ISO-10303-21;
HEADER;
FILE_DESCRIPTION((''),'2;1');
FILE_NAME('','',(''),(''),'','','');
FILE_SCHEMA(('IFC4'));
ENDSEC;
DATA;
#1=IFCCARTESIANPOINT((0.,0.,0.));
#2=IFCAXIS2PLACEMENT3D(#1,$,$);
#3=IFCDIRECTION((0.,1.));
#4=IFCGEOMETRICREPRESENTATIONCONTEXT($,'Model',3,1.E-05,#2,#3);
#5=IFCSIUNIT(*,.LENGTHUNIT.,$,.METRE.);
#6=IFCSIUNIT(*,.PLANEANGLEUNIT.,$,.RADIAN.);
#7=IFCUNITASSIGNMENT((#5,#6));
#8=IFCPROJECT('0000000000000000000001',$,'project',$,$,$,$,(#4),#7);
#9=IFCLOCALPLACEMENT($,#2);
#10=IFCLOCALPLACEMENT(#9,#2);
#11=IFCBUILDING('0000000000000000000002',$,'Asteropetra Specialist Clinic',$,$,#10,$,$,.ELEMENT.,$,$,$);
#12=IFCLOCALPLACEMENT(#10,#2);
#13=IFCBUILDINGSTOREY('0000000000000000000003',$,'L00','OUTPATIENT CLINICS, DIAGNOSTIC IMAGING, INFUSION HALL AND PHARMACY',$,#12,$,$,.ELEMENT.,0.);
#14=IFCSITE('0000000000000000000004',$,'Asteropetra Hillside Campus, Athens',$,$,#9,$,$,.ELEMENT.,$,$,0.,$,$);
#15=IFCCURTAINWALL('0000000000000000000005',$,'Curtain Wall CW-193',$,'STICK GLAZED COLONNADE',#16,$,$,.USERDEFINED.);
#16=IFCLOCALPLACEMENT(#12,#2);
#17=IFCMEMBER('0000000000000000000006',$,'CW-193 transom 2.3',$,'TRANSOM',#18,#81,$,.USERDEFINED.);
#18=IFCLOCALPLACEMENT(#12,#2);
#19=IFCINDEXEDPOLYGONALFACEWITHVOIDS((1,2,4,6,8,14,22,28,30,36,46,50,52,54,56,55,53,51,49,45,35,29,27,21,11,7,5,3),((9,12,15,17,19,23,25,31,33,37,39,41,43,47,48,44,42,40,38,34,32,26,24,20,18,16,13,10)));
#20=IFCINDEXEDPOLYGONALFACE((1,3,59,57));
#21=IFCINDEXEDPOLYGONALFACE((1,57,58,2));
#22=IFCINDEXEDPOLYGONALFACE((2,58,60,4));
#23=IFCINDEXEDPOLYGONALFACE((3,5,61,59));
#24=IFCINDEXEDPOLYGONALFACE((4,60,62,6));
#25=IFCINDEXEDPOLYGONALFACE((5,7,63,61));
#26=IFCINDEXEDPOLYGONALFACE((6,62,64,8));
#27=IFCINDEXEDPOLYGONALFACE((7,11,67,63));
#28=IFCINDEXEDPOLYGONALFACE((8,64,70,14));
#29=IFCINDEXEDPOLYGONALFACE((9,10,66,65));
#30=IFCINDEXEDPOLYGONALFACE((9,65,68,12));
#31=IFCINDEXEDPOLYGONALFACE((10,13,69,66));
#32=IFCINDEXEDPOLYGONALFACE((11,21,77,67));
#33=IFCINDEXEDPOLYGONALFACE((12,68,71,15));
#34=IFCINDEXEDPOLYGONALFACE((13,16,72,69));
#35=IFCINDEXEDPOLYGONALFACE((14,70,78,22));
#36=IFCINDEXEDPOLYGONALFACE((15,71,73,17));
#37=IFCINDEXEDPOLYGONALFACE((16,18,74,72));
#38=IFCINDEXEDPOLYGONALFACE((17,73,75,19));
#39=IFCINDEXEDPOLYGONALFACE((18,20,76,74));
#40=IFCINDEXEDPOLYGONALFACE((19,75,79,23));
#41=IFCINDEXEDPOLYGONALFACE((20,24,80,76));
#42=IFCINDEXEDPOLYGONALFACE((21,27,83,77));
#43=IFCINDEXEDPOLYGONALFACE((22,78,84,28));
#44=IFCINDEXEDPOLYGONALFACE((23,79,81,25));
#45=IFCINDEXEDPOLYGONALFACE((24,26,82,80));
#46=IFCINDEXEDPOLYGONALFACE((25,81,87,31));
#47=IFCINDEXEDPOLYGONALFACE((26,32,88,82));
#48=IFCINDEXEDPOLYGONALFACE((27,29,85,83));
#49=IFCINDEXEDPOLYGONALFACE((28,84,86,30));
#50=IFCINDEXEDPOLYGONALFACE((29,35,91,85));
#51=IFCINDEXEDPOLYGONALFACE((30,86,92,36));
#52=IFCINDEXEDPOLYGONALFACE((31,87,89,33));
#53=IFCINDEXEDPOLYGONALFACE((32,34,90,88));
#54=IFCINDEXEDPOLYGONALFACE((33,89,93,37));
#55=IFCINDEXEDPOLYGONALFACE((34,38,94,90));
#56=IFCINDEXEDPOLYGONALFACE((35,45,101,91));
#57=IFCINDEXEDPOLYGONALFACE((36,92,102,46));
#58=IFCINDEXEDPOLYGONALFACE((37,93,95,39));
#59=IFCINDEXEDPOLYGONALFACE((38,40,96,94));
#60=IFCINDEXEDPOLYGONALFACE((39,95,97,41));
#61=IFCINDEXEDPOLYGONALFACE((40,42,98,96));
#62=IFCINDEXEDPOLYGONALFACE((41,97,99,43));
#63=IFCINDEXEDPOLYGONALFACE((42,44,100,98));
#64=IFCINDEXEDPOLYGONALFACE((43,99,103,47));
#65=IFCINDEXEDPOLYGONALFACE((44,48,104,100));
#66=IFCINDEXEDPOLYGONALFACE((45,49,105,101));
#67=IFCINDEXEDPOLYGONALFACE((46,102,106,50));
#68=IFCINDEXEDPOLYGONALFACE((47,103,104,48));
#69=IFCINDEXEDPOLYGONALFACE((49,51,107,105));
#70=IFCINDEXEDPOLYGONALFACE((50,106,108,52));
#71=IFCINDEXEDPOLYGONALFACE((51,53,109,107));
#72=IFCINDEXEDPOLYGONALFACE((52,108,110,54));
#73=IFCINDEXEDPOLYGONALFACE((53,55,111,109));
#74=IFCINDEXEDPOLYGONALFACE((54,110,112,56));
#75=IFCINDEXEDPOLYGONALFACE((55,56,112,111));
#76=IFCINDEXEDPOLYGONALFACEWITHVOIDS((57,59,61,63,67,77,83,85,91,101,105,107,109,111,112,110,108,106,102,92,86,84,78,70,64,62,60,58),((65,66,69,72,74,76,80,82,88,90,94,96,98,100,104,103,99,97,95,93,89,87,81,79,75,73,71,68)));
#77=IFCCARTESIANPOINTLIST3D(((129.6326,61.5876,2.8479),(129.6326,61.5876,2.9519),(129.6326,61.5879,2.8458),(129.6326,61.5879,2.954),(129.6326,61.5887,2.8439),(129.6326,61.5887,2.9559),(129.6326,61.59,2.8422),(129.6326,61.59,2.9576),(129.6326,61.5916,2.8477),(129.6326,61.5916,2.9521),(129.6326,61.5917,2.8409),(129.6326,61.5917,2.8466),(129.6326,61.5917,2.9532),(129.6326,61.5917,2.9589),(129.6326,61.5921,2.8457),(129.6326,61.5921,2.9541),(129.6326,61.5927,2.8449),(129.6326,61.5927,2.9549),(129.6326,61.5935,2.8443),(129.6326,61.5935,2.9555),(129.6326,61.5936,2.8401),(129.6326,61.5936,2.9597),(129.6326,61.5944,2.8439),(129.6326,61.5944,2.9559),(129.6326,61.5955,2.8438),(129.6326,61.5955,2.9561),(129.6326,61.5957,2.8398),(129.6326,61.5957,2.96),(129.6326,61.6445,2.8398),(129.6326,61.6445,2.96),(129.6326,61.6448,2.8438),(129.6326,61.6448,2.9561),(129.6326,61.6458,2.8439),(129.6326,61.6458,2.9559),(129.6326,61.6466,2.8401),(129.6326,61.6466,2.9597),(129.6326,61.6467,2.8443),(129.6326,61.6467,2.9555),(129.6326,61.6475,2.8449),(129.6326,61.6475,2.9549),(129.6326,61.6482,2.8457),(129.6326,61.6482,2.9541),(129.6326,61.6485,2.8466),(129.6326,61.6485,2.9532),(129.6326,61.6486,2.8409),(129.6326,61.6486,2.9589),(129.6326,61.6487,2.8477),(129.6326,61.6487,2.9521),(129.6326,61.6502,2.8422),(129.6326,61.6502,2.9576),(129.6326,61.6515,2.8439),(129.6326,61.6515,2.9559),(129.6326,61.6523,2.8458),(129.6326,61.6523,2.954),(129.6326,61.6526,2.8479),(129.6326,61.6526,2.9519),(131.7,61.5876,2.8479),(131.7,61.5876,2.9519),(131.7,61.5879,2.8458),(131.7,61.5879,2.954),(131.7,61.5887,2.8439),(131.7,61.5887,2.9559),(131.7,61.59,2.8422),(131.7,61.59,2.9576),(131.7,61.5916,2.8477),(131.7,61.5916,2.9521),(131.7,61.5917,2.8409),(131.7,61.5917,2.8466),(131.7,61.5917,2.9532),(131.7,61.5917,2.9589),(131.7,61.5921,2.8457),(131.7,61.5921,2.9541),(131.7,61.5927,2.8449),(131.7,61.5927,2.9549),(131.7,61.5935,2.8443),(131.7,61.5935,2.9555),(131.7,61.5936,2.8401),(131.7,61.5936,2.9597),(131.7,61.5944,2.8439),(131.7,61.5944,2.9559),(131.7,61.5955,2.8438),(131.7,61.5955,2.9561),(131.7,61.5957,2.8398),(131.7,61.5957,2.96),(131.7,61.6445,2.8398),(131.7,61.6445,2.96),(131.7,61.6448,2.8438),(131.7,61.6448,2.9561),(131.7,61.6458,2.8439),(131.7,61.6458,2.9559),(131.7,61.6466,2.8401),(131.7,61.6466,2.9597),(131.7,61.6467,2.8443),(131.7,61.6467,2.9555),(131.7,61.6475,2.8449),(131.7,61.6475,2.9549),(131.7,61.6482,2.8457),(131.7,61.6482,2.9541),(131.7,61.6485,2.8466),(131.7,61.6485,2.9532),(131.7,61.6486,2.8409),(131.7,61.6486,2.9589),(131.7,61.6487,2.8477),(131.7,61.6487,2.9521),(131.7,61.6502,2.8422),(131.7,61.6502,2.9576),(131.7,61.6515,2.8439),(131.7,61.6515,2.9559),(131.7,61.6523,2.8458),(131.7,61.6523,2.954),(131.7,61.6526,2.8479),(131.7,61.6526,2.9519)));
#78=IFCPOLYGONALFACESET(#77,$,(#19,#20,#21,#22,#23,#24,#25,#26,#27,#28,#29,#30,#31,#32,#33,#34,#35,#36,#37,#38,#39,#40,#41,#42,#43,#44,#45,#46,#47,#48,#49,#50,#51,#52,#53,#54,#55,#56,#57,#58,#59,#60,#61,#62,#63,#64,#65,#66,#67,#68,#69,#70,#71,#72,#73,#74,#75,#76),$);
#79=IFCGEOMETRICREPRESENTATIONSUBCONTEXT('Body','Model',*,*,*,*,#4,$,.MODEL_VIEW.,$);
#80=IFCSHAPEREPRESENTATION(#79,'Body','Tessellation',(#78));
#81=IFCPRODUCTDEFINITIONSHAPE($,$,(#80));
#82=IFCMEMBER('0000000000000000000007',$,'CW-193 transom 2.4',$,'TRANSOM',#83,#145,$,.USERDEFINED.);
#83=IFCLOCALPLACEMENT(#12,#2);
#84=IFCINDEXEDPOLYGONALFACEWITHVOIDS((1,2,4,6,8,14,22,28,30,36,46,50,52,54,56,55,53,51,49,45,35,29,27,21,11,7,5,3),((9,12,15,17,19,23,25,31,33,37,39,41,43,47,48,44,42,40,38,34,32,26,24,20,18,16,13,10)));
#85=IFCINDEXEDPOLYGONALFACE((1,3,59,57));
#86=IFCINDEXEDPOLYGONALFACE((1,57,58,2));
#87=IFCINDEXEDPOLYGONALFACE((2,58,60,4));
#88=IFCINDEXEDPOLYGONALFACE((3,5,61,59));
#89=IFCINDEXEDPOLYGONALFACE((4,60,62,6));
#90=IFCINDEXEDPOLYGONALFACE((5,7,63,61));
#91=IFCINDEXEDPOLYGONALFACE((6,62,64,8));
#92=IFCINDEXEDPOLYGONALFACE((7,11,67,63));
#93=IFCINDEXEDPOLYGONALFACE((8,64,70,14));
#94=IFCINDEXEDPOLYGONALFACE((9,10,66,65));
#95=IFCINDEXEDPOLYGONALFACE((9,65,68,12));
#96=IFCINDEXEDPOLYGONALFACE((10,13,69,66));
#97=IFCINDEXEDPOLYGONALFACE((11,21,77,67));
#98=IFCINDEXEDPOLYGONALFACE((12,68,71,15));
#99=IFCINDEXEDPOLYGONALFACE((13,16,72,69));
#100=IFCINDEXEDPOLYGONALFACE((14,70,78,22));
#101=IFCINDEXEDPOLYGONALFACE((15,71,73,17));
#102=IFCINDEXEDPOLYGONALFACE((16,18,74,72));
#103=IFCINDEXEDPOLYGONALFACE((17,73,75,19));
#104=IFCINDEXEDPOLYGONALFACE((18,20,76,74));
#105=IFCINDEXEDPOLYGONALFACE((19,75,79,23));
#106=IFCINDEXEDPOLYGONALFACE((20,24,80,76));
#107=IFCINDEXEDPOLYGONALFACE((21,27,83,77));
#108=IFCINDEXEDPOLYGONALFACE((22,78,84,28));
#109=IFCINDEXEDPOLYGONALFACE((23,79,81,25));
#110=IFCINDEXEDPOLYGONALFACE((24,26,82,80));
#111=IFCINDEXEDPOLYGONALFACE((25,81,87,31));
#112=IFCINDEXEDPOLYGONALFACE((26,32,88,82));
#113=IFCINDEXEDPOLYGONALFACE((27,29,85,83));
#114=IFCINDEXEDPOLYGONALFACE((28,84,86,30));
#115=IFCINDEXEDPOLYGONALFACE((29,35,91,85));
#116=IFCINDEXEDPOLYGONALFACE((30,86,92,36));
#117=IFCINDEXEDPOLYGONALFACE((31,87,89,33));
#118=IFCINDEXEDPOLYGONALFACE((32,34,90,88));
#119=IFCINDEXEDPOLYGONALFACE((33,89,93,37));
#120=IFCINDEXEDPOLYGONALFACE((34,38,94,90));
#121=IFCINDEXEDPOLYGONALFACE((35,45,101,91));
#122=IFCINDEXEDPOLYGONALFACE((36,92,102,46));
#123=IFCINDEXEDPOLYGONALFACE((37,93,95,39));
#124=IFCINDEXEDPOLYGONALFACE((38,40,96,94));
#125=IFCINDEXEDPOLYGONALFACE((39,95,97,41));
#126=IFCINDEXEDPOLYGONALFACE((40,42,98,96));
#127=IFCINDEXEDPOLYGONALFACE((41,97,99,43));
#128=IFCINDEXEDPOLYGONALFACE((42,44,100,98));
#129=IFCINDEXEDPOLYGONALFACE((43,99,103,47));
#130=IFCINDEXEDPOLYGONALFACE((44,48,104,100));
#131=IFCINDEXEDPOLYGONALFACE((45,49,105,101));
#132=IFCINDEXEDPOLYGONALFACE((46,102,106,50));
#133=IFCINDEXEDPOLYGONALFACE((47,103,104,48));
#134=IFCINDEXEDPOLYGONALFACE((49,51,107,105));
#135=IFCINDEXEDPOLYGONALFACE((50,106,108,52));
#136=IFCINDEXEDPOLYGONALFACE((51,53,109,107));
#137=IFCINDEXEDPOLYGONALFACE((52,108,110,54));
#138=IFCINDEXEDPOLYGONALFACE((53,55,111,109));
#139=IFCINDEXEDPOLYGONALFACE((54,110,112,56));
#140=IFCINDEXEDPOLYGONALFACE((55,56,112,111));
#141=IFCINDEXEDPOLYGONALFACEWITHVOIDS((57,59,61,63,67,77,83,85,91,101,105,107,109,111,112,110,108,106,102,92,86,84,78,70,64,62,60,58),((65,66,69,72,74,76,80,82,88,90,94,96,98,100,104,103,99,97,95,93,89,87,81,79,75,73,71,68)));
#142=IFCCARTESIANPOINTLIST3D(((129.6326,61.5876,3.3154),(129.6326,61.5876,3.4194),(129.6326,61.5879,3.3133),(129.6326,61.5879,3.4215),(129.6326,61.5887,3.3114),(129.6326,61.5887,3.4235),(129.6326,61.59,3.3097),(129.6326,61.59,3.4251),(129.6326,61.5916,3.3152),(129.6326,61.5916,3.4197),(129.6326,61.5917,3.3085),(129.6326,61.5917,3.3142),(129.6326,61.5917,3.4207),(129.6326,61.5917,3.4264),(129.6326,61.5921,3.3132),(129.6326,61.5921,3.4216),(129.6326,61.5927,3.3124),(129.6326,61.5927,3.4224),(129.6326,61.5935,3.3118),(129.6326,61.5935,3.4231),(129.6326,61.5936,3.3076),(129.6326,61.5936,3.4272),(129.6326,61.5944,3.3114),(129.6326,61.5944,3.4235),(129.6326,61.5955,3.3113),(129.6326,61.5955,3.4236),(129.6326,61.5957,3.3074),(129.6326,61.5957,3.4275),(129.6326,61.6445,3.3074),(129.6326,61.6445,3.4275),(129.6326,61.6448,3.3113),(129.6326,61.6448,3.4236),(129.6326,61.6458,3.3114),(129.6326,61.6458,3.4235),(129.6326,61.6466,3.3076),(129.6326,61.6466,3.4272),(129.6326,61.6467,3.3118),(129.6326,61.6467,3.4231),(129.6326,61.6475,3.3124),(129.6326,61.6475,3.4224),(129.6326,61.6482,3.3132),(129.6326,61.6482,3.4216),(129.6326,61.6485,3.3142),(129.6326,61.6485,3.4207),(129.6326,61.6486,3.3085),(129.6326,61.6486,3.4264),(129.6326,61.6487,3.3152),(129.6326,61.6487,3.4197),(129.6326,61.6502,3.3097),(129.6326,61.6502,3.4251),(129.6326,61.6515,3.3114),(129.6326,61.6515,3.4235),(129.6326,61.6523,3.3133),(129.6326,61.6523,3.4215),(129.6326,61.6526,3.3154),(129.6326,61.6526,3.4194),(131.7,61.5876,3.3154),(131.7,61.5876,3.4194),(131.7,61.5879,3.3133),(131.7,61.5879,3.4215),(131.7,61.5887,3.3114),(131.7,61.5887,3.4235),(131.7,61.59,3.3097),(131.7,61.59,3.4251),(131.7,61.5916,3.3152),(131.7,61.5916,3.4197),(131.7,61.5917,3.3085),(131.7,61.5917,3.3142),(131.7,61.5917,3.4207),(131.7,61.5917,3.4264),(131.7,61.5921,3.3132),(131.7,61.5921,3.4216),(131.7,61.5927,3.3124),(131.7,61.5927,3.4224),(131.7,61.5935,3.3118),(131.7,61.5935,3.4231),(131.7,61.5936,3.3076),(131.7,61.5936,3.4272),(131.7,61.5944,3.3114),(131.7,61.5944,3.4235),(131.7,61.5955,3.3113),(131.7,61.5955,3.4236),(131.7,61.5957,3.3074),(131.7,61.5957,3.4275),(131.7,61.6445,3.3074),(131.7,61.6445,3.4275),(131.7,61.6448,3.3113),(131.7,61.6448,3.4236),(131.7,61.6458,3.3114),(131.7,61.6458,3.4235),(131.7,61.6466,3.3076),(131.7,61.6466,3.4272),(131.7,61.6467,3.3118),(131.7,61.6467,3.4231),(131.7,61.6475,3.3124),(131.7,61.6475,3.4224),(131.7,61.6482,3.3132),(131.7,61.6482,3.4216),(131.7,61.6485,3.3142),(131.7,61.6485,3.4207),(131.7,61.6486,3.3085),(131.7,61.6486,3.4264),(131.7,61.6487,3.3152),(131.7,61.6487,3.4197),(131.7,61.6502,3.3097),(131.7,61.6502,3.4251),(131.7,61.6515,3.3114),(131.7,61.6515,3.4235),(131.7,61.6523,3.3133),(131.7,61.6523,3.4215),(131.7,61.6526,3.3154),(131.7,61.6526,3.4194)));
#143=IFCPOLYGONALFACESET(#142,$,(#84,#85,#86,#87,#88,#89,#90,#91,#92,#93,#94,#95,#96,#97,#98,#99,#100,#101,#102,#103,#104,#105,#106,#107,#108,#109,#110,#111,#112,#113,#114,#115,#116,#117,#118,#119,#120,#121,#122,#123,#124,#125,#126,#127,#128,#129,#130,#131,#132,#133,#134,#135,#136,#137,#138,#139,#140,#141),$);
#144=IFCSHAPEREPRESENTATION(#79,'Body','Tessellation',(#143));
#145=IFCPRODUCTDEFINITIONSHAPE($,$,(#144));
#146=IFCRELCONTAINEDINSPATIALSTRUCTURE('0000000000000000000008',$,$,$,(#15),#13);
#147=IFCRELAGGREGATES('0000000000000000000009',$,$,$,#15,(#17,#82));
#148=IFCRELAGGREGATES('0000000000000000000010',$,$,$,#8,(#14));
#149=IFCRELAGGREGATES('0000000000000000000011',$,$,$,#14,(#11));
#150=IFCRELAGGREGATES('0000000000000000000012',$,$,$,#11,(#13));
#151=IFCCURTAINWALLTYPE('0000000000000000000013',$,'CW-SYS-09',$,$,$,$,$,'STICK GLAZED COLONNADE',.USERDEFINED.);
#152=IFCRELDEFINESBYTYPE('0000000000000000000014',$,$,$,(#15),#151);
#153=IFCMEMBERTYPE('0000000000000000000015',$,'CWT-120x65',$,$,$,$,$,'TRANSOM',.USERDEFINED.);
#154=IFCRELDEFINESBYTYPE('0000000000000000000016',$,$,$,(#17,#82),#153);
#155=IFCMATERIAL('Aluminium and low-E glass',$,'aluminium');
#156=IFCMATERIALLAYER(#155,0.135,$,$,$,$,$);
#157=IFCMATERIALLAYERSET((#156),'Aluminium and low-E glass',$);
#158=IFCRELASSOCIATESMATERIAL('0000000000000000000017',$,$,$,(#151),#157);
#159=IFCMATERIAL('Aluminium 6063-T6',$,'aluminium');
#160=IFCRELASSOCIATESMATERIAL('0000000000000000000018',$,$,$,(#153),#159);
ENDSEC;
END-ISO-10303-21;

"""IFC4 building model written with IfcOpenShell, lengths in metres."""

from ifc_helpers import new_model, si_unit, direction, frame, origin, origin_2d, place, context, subcontext, project, spatial, hollow_rectangle, extrude, material, layer, layer_set, material_profile, profile_set, type_object, element, aggregate, save


model = new_model("IFC4")

# Units and contexts
model_context = context("Model", 3, precision=1e-05, world=origin(), true_north=direction((0.0, 1.0)))
body_context = subcontext(model_context, "Body", "Model", "MODEL_VIEW")
ifc_project = project(units=[si_unit("LENGTHUNIT", "METRE"), si_unit("PLANEANGLEUNIT", "RADIAN")], contexts=[model_context])

# Site, building, storey
site_placement = place(None, origin())
site = spatial("IfcSite", under=ifc_project, at=site_placement, Name="Asteropetra Hillside Campus, Athens", CompositionType="ELEMENT", RefElevation=0.0)
building_placement = place(site_placement, origin())
building = spatial("IfcBuilding", under=site, at=building_placement, Name="Asteropetra Specialist Clinic", CompositionType="ELEMENT")
storey_placement = place(building_placement, origin())
storey = spatial("IfcBuildingStorey", under=building, at=storey_placement, Name="L00", Description="OUTPATIENT CLINICS, DIAGNOSTIC IMAGING, INFUSION HALL AND PHARMACY", CompositionType="ELEMENT", Elevation=0.0)

# Curtain wall, members
ifc_material_1 = material(Name="Aluminium and low-E glass", Category="aluminium")
ifc_layer_1 = layer(ifc_material_1, 0.135)
ifc_layer_set_1 = layer_set([ifc_layer_1], Name="Aluminium and low-E glass")
curtain_wall_type = type_object("IfcCurtainWallType", Name="CW-SYS-09", ElementType="STICK GLAZED COLONNADE", PredefinedType="USERDEFINED", material=ifc_layer_set_1)
curtain_wall_placement = place(storey_placement, origin())
curtain_wall = element("IfcCurtainWall", 1, at=curtain_wall_placement, inside=storey, type_object=curtain_wall_type, Name="Curtain Wall CW-193", ObjectType="STICK GLAZED COLONNADE", PredefinedType="USERDEFINED")
ifc_material_2 = material(Name="Aluminium 6063-T6", Category="aluminium")
ifc_material_profile_1 = material_profile(ifc_material_2, hollow_rectangle(XDim=0.0649, YDim=0.1201, WallThickness=0.0039, InnerFilletRadius=0.0039, OuterFilletRadius=0.0081, at=origin_2d()), Name="TRN 120x65x4.0")
ifc_profile_set_1 = profile_set([ifc_material_profile_1], Name="Aluminium 6063-T6")
member_type_1 = type_object("IfcMemberType", Name="CWT-120x65", ElementType="TRANSOM", PredefinedType="USERDEFINED", material=ifc_profile_set_1)
member_1_placement = place(storey_placement, frame((131.7, 61.6201, 2.8999), z_axis=(-1.0, 0.0, 0.0), x_axis=(0.0, -1.0, 0.0)))
member_1 = element("IfcMember", 2, at=member_1_placement, type_object=member_type_1, Name="CW-193 transom 2.3", ObjectType="TRANSOM", PredefinedType="USERDEFINED", context=body_context, shape_type="SweptSolid", body=[
    extrude(hollow_rectangle(XDim=0.0649, YDim=0.1201, WallThickness=0.0039, InnerFilletRadius=0.0039, OuterFilletRadius=0.0081, at=origin_2d()), origin(), (0.0, 0.0, 1.0), 2.0674),
])
member_2_placement = place(storey_placement, frame((131.7, 61.6201, 3.3674), z_axis=(-1.0, 0.0, 0.0), x_axis=(0.0, -1.0, 0.0)))
member_2 = element("IfcMember", 3, at=member_2_placement, type_object=member_type_1, Name="CW-193 transom 2.4", ObjectType="TRANSOM", PredefinedType="USERDEFINED", context=body_context, shape_type="SweptSolid", body=[
    extrude(hollow_rectangle(XDim=0.0649, YDim=0.1201, WallThickness=0.0039, InnerFilletRadius=0.0039, OuterFilletRadius=0.0081, at=origin_2d()), origin(), (0.0, 0.0, 1.0), 2.0674),
])
aggregate(curtain_wall, [member_1, member_2])

save(model, "model.ifc")
